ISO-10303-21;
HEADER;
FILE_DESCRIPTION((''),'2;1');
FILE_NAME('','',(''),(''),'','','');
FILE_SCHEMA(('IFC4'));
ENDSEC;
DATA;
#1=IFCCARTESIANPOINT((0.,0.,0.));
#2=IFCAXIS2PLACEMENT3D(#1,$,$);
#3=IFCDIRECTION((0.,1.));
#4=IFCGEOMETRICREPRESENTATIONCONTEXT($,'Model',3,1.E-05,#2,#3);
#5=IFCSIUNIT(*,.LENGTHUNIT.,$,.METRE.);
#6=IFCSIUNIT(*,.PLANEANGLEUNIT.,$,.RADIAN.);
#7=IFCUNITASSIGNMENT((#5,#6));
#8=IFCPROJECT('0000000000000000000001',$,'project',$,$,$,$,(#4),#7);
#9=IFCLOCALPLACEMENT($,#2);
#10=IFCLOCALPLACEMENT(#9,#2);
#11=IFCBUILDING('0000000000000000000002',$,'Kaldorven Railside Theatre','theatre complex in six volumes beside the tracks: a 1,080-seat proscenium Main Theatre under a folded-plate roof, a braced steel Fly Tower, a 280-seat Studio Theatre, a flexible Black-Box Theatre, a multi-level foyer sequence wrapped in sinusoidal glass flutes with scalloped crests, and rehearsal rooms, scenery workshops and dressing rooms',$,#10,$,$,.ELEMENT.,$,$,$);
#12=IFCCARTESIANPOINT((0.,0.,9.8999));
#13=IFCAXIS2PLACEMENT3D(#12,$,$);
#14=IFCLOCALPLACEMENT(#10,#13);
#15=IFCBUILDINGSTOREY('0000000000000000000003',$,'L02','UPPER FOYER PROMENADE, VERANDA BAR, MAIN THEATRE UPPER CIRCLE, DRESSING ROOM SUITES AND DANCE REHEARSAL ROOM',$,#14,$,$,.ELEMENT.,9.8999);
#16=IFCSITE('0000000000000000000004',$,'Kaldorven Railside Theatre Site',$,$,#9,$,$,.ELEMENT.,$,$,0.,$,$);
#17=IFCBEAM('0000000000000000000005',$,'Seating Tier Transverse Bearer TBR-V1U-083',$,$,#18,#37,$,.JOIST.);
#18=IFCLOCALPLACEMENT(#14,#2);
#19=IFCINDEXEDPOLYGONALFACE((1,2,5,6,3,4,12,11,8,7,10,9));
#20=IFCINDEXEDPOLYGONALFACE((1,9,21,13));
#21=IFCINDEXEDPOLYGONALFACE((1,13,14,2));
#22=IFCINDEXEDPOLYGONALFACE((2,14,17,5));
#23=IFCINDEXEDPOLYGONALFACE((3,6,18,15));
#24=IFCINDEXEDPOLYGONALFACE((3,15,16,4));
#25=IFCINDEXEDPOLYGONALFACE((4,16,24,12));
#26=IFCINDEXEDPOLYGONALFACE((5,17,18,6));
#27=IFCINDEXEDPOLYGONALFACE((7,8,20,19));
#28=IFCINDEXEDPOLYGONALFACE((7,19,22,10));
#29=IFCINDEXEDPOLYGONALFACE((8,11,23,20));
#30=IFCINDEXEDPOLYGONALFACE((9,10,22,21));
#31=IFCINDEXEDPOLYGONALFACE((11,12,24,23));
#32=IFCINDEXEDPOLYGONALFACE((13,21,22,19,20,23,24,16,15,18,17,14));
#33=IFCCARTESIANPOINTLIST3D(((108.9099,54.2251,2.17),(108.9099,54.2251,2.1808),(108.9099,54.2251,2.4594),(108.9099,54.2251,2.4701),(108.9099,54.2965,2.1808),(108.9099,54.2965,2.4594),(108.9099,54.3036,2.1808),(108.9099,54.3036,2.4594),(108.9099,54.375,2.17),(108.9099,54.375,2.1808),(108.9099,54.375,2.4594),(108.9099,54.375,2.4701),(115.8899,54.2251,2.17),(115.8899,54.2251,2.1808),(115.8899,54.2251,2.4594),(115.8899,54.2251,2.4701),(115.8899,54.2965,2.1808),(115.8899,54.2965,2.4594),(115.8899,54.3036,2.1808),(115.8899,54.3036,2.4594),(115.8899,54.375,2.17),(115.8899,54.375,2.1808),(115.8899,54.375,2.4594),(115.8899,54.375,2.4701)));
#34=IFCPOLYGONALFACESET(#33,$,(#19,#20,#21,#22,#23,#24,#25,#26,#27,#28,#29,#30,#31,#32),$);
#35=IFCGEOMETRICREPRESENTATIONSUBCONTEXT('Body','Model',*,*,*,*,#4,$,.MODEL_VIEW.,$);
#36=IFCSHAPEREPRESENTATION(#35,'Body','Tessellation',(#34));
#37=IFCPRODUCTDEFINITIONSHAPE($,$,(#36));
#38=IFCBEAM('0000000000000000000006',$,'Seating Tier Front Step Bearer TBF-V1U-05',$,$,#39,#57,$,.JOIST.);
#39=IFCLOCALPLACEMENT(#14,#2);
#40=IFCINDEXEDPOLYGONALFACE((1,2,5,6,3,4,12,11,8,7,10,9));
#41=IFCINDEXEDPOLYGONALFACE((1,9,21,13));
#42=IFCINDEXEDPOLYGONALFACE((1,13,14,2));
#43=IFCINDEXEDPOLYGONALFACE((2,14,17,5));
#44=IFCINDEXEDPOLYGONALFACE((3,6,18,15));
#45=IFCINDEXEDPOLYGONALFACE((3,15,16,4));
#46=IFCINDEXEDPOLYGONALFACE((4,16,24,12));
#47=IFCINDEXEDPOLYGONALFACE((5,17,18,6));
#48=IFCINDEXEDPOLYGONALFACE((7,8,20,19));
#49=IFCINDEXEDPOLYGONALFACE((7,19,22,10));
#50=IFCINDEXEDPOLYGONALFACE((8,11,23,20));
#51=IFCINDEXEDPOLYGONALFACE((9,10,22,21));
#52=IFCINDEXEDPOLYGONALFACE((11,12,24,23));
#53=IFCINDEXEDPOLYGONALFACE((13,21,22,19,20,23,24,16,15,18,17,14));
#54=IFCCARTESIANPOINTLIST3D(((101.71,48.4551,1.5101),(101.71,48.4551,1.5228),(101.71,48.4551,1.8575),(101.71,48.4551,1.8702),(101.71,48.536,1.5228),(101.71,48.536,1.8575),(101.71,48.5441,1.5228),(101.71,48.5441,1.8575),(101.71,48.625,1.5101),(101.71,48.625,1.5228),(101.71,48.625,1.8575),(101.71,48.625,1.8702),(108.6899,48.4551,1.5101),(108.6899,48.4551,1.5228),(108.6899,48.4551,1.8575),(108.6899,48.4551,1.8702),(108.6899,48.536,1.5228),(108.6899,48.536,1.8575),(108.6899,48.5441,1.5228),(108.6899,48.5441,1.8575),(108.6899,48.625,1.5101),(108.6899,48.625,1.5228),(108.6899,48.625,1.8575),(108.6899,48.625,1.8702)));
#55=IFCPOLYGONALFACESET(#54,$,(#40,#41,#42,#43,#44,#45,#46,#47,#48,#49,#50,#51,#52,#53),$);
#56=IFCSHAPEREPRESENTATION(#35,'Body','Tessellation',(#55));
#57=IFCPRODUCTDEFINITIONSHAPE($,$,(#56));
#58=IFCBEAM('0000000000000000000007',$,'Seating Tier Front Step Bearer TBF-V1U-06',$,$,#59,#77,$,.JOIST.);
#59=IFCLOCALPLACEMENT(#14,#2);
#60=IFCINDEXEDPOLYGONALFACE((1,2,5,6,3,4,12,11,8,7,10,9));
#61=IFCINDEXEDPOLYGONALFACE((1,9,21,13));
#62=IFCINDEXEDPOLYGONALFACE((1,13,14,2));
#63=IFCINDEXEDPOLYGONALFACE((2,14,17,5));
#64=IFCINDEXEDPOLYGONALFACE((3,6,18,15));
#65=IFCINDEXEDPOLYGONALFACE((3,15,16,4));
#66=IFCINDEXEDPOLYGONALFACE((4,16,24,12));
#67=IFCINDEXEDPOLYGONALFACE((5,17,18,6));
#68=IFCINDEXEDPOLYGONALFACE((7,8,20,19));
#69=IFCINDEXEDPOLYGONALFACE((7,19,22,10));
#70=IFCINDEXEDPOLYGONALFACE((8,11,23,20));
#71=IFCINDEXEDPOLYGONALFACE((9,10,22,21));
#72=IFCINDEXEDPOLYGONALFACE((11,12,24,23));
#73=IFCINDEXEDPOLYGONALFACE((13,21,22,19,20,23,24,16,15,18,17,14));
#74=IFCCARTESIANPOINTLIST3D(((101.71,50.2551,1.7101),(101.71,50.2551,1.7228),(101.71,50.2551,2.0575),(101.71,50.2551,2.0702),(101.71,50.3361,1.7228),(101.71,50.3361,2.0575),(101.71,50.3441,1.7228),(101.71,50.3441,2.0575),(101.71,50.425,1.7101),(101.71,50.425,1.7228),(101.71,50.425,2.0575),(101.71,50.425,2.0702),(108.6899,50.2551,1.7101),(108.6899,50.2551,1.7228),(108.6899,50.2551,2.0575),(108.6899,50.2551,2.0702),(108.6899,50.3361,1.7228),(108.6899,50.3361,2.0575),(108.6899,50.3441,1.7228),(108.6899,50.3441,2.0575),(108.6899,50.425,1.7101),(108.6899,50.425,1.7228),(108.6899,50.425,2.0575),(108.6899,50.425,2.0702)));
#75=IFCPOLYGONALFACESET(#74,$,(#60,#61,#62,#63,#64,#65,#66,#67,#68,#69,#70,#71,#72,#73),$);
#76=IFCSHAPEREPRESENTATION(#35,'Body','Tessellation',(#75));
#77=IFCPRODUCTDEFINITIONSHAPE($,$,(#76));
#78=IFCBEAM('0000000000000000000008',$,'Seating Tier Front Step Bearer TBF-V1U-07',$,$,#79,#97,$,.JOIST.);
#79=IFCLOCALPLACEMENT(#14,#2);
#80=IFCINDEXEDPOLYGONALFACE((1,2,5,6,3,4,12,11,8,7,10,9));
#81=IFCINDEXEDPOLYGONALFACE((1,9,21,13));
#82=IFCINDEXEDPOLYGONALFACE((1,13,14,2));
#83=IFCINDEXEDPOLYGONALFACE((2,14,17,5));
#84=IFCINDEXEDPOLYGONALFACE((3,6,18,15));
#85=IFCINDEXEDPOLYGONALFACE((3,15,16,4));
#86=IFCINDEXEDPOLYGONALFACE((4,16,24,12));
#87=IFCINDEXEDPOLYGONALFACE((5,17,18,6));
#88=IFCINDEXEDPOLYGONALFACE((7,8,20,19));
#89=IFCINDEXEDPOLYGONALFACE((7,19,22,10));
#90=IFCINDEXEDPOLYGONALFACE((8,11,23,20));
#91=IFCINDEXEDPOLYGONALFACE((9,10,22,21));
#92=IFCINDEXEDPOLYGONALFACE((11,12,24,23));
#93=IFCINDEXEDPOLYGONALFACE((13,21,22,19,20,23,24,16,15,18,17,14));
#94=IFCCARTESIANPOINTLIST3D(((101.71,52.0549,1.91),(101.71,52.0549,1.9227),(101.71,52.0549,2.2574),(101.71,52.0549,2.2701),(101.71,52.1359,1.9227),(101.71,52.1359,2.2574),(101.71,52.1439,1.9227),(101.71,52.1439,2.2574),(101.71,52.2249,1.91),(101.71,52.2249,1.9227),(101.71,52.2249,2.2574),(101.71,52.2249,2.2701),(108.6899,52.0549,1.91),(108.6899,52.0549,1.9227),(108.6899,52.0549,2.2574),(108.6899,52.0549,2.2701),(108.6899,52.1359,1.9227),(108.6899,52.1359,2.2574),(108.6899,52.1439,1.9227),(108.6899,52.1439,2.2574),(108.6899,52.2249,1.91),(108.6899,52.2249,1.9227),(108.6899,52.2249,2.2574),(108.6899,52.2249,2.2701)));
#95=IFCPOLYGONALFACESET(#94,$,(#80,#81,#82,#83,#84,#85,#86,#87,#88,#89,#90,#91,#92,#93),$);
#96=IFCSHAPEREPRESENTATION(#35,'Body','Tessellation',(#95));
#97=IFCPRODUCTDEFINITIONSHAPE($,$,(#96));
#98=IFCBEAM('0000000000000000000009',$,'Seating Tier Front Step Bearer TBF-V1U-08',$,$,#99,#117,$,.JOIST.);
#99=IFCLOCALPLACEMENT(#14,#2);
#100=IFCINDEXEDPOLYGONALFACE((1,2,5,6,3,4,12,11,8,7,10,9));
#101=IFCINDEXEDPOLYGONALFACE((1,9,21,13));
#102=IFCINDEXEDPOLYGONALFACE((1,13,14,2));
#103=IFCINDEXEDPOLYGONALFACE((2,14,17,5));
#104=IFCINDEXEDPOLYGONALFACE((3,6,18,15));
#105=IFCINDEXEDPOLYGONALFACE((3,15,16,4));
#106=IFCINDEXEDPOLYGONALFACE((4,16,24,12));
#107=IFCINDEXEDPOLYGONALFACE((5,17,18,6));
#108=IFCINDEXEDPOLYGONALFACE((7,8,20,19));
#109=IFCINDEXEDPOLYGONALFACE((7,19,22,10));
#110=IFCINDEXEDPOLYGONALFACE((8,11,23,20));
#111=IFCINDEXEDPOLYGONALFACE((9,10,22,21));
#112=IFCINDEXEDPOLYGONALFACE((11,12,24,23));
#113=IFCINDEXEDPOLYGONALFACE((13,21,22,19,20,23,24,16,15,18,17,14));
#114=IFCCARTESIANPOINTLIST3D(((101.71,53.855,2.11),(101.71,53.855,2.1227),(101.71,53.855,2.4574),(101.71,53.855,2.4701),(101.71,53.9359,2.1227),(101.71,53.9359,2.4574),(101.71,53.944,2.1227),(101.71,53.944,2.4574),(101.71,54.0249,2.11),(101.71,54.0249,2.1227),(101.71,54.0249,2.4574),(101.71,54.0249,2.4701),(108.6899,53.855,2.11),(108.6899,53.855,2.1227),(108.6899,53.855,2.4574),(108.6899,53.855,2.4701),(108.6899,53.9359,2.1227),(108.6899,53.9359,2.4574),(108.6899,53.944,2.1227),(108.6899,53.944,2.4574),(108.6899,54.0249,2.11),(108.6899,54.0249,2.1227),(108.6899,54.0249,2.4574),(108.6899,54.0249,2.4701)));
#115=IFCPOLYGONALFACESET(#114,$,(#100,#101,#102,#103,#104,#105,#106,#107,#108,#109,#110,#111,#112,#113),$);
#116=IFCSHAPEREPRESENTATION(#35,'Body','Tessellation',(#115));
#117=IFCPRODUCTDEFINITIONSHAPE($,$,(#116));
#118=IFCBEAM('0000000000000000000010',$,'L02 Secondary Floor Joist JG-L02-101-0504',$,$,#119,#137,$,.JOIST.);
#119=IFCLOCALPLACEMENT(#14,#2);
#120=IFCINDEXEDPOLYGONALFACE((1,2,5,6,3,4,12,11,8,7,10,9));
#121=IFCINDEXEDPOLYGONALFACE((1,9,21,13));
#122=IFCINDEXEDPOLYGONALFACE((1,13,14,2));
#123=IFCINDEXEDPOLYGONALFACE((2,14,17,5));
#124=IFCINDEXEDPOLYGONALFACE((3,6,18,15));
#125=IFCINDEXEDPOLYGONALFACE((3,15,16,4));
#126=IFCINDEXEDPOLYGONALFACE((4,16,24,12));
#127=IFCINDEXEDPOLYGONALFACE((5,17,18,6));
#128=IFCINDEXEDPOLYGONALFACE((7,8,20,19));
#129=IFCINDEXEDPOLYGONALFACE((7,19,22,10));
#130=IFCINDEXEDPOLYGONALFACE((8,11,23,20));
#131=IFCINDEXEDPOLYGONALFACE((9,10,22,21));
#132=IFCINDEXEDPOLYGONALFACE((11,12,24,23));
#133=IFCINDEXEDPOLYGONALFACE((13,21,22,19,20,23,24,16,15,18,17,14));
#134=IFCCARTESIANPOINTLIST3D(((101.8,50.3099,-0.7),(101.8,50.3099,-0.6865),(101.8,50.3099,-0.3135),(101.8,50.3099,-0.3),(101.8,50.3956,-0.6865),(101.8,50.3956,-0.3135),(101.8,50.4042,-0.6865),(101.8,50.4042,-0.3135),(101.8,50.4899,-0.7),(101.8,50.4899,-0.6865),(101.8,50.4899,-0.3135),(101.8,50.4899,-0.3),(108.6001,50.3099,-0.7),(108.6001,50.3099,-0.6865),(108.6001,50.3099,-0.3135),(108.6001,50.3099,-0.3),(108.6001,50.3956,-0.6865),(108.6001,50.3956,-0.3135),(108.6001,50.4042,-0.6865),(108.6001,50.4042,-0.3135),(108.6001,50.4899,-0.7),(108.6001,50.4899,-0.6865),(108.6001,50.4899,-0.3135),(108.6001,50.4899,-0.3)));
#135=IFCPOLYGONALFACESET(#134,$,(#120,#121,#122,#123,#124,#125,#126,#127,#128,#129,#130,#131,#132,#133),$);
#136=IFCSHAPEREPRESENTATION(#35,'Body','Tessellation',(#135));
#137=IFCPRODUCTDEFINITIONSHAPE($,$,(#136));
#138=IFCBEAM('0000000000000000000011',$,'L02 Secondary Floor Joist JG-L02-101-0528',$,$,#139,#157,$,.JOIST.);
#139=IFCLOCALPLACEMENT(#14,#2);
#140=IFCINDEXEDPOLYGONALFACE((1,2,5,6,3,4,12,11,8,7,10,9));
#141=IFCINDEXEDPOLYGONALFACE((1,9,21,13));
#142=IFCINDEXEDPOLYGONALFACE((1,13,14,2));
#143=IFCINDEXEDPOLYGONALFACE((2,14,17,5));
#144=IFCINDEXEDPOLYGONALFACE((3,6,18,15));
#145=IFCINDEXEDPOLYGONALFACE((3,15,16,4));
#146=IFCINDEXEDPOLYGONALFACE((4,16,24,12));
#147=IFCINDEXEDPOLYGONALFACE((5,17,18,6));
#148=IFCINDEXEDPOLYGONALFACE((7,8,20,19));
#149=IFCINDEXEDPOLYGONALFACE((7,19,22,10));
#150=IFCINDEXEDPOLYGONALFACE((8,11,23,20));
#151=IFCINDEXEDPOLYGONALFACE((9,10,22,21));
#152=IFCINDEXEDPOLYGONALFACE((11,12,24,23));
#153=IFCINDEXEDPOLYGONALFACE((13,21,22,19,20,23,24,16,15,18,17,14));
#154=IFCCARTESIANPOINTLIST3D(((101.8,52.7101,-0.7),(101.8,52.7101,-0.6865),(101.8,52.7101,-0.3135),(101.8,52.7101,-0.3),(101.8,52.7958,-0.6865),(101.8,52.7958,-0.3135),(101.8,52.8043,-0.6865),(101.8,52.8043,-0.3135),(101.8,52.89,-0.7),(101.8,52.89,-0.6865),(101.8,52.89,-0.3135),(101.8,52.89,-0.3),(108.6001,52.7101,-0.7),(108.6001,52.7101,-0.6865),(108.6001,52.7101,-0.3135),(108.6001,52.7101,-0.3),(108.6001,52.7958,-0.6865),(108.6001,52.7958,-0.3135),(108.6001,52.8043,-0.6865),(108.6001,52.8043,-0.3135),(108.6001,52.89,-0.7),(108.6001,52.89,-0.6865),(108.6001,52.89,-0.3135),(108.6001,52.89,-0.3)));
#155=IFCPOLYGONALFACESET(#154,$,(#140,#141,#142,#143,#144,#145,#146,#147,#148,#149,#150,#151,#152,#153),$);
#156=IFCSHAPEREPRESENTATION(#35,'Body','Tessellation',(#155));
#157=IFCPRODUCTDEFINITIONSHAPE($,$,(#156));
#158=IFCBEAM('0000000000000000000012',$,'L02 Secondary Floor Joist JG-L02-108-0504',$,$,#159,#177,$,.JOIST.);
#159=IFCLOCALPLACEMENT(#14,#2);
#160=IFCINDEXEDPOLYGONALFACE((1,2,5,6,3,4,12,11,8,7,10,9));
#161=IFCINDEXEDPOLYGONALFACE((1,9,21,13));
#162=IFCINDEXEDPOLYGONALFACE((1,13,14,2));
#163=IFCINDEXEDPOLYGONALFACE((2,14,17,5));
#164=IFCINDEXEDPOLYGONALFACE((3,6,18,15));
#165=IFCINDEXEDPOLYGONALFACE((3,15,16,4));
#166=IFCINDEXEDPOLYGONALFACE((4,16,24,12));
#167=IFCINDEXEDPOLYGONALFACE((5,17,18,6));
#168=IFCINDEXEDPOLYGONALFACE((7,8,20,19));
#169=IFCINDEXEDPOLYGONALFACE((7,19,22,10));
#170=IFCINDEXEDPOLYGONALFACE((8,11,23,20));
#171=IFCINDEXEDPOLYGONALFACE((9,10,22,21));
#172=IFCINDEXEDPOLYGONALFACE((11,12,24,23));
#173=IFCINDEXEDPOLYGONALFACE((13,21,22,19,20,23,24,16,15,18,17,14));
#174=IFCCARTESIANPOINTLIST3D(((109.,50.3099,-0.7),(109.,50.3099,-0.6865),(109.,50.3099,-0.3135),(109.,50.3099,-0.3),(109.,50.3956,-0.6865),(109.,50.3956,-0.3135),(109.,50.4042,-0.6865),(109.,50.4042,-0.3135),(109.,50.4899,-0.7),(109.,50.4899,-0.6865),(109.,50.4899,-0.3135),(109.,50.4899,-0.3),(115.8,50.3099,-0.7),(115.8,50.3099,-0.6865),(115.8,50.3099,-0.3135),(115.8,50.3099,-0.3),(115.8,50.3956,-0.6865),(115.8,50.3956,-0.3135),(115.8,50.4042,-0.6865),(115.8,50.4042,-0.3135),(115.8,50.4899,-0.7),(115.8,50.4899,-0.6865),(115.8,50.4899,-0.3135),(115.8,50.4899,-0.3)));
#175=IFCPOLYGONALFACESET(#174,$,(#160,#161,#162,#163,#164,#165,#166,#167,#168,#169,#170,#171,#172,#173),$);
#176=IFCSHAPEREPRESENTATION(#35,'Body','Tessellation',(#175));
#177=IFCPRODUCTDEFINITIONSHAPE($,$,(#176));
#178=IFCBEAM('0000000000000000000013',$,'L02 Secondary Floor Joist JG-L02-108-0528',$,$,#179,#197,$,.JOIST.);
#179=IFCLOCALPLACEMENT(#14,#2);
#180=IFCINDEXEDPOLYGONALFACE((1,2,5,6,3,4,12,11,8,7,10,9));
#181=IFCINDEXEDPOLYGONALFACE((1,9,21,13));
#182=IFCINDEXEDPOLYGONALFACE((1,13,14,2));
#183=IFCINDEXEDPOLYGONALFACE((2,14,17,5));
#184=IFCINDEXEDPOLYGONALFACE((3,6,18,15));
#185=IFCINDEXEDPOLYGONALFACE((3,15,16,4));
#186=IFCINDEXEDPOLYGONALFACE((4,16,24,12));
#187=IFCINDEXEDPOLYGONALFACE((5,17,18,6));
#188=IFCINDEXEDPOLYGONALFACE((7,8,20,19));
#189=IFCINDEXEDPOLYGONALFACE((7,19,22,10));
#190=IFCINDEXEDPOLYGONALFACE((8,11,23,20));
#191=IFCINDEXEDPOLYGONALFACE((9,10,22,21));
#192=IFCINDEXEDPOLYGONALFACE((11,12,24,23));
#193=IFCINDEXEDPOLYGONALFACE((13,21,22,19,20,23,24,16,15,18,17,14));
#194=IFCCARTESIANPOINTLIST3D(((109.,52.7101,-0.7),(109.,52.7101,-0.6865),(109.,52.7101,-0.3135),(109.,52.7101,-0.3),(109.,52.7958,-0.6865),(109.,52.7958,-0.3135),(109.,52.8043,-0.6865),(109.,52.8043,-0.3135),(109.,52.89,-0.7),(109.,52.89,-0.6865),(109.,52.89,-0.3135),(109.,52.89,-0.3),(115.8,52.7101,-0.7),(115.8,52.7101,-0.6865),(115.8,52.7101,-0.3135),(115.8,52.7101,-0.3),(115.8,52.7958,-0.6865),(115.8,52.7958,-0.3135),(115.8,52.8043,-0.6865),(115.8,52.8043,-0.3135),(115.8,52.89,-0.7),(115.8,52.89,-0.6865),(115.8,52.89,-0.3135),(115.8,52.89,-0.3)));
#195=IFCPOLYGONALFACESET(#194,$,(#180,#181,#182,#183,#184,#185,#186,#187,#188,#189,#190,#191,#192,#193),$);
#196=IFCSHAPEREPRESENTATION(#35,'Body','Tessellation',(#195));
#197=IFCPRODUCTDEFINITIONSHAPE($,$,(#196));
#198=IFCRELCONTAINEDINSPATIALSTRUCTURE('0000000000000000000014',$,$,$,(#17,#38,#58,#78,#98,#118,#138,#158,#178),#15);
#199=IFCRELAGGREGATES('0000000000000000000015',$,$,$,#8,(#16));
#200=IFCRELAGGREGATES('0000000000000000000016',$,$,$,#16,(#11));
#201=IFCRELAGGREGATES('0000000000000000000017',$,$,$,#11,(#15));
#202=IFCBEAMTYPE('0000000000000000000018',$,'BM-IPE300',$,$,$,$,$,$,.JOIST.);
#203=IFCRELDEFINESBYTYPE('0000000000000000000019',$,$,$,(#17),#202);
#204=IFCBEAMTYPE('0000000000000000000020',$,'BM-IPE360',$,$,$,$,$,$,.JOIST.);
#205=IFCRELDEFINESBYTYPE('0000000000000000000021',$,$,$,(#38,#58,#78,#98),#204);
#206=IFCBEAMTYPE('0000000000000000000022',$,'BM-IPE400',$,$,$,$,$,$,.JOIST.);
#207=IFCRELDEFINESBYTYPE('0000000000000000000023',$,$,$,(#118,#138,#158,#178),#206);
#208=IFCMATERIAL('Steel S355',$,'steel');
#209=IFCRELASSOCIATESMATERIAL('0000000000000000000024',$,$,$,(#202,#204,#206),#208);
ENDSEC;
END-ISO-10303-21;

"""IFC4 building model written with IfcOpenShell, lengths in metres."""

from ifc_helpers import new_model, si_unit, direction, frame, origin, origin_2d, place, context, subcontext, project, spatial, i_section, extrude, material, material_profile, profile_set, type_object, element, save


model = new_model("IFC4")

# Units and contexts
model_context = context("Model", 3, precision=1e-05, world=origin(), true_north=direction((0.0, 1.0)))
body_context = subcontext(model_context, "Body", "Model", "MODEL_VIEW")
ifc_project = project(units=[si_unit("LENGTHUNIT", "METRE"), si_unit("PLANEANGLEUNIT", "RADIAN")], contexts=[model_context])

# Site, building, storey
site_placement = place(None, origin())
site = spatial("IfcSite", under=ifc_project, at=site_placement, Name="Kaldorven Railside Theatre Site", CompositionType="ELEMENT", RefElevation=0.0)
building_placement = place(site_placement, origin())
building = spatial("IfcBuilding", under=site, at=building_placement, Name="Kaldorven Railside Theatre", Description="theatre complex in six volumes beside the tracks: a 1,080-seat proscenium Main Theatre under a folded-plate roof, a braced steel Fly Tower, a 280-seat Studio Theatre, a flexible Black-Box Theatre, a multi-level foyer sequence wrapped in sinusoidal glass flutes with scalloped crests, and rehearsal rooms, scenery workshops and dressing rooms", CompositionType="ELEMENT")
storey_placement = place(building_placement, frame((0.0, 0.0, 9.8999)))
storey = spatial("IfcBuildingStorey", under=building, at=storey_placement, Name="L02", Description="UPPER FOYER PROMENADE, VERANDA BAR, MAIN THEATRE UPPER CIRCLE, DRESSING ROOM SUITES AND DANCE REHEARSAL ROOM", CompositionType="ELEMENT", Elevation=9.8999)

# Shared definitions
ifc_material_1 = material(Name="Steel S355", Category="steel")

# Beams
ifc_material_profile_1 = material_profile(ifc_material_1, i_section(OverallWidth=0.1499, OverallDepth=0.3, WebThickness=0.0071, FlangeThickness=0.0107, at=origin_2d()), Name="IPE 300")
ifc_profile_set_1 = profile_set([ifc_material_profile_1], Name="Steel S355")
beam_type_1 = type_object("IfcBeamType", Name="BM-IPE300", PredefinedType="JOIST", material=ifc_profile_set_1)
for number, where, z_axis, x_axis, name in (
    (1, (108.9099, 54.3, 2.3201), (1.0, 0.0, 0.0), (0.0, 1.0, 0.0), "Seating Tier Transverse Bearer TBR-V1U-083"),
):
    element("IfcBeam", number, at=place(storey_placement, frame(where, z_axis=z_axis, x_axis=x_axis)), inside=storey, type_object=beam_type_1, Name=name, PredefinedType="JOIST", context=body_context, shape_type="SweptSolid", body=[
        extrude(i_section(OverallWidth=0.1499, OverallDepth=0.3, WebThickness=0.0071, FlangeThickness=0.0107, at=origin_2d()), origin(), (0.0, 0.0, 1.0), 6.98),
    ])
ifc_material_profile_2 = material_profile(ifc_material_1, i_section(OverallWidth=0.1699, OverallDepth=0.3601, WebThickness=0.0081, FlangeThickness=0.0127, at=origin_2d()), Name="IPE 360")
ifc_profile_set_2 = profile_set([ifc_material_profile_2], Name="Steel S355")
beam_type_2 = type_object("IfcBeamType", Name="BM-IPE360", PredefinedType="JOIST", material=ifc_profile_set_2)
for number, where, z_axis, x_axis, name in (
    (2, (101.71, 48.54, 1.6902), (1.0, 0.0, 0.0), (0.0, 1.0, 0.0), "Seating Tier Front Step Bearer TBF-V1U-05"),
    (3, (101.71, 50.3401, 1.8901), (1.0, 0.0, 0.0), (0.0, 1.0, 0.0), "Seating Tier Front Step Bearer TBF-V1U-06"),
    (4, (101.71, 52.1399, 2.0901), (1.0, 0.0, 0.0), (0.0, 1.0, 0.0), "Seating Tier Front Step Bearer TBF-V1U-07"),
    (5, (101.71, 53.9399, 2.29), (1.0, 0.0, 0.0), (0.0, 1.0, 0.0), "Seating Tier Front Step Bearer TBF-V1U-08"),
):
    element("IfcBeam", number, at=place(storey_placement, frame(where, z_axis=z_axis, x_axis=x_axis)), inside=storey, type_object=beam_type_2, Name=name, PredefinedType="JOIST", context=body_context, shape_type="SweptSolid", body=[
        extrude(i_section(OverallWidth=0.1699, OverallDepth=0.3601, WebThickness=0.0081, FlangeThickness=0.0127, at=origin_2d()), origin(), (0.0, 0.0, 1.0), 6.98),
    ])
ifc_material_profile_3 = material_profile(ifc_material_1, i_section(OverallWidth=0.1799, OverallDepth=0.3999, WebThickness=0.0085, FlangeThickness=0.0134, at=origin_2d()), Name="IPE 400")
ifc_profile_set_3 = profile_set([ifc_material_profile_3], Name="Steel S355")
beam_type_3 = type_object("IfcBeamType", Name="BM-IPE400", PredefinedType="JOIST", material=ifc_profile_set_3)
for number, where, z_axis, x_axis, name in (
    (6, (101.8, 50.3999, -0.5), (1.0, 0.0, 0.0), (0.0, 1.0, 0.0), "L02 Secondary Floor Joist JG-L02-101-0504"),
    (7, (101.8, 52.8, -0.5), (1.0, 0.0, 0.0), (0.0, 1.0, 0.0), "L02 Secondary Floor Joist JG-L02-101-0528"),
    (8, (109.0, 50.3999, -0.5), (1.0, 0.0, 0.0), (0.0, 1.0, 0.0), "L02 Secondary Floor Joist JG-L02-108-0504"),
    (9, (109.0, 52.8, -0.5), (1.0, 0.0, 0.0), (0.0, 1.0, 0.0), "L02 Secondary Floor Joist JG-L02-108-0528"),
):
    element("IfcBeam", number, at=place(storey_placement, frame(where, z_axis=z_axis, x_axis=x_axis)), inside=storey, type_object=beam_type_3, Name=name, PredefinedType="JOIST", context=body_context, shape_type="SweptSolid", body=[
        extrude(i_section(OverallWidth=0.1799, OverallDepth=0.3999, WebThickness=0.0085, FlangeThickness=0.0134, at=origin_2d()), origin(), (0.0, 0.0, 1.0), 6.8),
    ])

save(model, "model.ifc")
